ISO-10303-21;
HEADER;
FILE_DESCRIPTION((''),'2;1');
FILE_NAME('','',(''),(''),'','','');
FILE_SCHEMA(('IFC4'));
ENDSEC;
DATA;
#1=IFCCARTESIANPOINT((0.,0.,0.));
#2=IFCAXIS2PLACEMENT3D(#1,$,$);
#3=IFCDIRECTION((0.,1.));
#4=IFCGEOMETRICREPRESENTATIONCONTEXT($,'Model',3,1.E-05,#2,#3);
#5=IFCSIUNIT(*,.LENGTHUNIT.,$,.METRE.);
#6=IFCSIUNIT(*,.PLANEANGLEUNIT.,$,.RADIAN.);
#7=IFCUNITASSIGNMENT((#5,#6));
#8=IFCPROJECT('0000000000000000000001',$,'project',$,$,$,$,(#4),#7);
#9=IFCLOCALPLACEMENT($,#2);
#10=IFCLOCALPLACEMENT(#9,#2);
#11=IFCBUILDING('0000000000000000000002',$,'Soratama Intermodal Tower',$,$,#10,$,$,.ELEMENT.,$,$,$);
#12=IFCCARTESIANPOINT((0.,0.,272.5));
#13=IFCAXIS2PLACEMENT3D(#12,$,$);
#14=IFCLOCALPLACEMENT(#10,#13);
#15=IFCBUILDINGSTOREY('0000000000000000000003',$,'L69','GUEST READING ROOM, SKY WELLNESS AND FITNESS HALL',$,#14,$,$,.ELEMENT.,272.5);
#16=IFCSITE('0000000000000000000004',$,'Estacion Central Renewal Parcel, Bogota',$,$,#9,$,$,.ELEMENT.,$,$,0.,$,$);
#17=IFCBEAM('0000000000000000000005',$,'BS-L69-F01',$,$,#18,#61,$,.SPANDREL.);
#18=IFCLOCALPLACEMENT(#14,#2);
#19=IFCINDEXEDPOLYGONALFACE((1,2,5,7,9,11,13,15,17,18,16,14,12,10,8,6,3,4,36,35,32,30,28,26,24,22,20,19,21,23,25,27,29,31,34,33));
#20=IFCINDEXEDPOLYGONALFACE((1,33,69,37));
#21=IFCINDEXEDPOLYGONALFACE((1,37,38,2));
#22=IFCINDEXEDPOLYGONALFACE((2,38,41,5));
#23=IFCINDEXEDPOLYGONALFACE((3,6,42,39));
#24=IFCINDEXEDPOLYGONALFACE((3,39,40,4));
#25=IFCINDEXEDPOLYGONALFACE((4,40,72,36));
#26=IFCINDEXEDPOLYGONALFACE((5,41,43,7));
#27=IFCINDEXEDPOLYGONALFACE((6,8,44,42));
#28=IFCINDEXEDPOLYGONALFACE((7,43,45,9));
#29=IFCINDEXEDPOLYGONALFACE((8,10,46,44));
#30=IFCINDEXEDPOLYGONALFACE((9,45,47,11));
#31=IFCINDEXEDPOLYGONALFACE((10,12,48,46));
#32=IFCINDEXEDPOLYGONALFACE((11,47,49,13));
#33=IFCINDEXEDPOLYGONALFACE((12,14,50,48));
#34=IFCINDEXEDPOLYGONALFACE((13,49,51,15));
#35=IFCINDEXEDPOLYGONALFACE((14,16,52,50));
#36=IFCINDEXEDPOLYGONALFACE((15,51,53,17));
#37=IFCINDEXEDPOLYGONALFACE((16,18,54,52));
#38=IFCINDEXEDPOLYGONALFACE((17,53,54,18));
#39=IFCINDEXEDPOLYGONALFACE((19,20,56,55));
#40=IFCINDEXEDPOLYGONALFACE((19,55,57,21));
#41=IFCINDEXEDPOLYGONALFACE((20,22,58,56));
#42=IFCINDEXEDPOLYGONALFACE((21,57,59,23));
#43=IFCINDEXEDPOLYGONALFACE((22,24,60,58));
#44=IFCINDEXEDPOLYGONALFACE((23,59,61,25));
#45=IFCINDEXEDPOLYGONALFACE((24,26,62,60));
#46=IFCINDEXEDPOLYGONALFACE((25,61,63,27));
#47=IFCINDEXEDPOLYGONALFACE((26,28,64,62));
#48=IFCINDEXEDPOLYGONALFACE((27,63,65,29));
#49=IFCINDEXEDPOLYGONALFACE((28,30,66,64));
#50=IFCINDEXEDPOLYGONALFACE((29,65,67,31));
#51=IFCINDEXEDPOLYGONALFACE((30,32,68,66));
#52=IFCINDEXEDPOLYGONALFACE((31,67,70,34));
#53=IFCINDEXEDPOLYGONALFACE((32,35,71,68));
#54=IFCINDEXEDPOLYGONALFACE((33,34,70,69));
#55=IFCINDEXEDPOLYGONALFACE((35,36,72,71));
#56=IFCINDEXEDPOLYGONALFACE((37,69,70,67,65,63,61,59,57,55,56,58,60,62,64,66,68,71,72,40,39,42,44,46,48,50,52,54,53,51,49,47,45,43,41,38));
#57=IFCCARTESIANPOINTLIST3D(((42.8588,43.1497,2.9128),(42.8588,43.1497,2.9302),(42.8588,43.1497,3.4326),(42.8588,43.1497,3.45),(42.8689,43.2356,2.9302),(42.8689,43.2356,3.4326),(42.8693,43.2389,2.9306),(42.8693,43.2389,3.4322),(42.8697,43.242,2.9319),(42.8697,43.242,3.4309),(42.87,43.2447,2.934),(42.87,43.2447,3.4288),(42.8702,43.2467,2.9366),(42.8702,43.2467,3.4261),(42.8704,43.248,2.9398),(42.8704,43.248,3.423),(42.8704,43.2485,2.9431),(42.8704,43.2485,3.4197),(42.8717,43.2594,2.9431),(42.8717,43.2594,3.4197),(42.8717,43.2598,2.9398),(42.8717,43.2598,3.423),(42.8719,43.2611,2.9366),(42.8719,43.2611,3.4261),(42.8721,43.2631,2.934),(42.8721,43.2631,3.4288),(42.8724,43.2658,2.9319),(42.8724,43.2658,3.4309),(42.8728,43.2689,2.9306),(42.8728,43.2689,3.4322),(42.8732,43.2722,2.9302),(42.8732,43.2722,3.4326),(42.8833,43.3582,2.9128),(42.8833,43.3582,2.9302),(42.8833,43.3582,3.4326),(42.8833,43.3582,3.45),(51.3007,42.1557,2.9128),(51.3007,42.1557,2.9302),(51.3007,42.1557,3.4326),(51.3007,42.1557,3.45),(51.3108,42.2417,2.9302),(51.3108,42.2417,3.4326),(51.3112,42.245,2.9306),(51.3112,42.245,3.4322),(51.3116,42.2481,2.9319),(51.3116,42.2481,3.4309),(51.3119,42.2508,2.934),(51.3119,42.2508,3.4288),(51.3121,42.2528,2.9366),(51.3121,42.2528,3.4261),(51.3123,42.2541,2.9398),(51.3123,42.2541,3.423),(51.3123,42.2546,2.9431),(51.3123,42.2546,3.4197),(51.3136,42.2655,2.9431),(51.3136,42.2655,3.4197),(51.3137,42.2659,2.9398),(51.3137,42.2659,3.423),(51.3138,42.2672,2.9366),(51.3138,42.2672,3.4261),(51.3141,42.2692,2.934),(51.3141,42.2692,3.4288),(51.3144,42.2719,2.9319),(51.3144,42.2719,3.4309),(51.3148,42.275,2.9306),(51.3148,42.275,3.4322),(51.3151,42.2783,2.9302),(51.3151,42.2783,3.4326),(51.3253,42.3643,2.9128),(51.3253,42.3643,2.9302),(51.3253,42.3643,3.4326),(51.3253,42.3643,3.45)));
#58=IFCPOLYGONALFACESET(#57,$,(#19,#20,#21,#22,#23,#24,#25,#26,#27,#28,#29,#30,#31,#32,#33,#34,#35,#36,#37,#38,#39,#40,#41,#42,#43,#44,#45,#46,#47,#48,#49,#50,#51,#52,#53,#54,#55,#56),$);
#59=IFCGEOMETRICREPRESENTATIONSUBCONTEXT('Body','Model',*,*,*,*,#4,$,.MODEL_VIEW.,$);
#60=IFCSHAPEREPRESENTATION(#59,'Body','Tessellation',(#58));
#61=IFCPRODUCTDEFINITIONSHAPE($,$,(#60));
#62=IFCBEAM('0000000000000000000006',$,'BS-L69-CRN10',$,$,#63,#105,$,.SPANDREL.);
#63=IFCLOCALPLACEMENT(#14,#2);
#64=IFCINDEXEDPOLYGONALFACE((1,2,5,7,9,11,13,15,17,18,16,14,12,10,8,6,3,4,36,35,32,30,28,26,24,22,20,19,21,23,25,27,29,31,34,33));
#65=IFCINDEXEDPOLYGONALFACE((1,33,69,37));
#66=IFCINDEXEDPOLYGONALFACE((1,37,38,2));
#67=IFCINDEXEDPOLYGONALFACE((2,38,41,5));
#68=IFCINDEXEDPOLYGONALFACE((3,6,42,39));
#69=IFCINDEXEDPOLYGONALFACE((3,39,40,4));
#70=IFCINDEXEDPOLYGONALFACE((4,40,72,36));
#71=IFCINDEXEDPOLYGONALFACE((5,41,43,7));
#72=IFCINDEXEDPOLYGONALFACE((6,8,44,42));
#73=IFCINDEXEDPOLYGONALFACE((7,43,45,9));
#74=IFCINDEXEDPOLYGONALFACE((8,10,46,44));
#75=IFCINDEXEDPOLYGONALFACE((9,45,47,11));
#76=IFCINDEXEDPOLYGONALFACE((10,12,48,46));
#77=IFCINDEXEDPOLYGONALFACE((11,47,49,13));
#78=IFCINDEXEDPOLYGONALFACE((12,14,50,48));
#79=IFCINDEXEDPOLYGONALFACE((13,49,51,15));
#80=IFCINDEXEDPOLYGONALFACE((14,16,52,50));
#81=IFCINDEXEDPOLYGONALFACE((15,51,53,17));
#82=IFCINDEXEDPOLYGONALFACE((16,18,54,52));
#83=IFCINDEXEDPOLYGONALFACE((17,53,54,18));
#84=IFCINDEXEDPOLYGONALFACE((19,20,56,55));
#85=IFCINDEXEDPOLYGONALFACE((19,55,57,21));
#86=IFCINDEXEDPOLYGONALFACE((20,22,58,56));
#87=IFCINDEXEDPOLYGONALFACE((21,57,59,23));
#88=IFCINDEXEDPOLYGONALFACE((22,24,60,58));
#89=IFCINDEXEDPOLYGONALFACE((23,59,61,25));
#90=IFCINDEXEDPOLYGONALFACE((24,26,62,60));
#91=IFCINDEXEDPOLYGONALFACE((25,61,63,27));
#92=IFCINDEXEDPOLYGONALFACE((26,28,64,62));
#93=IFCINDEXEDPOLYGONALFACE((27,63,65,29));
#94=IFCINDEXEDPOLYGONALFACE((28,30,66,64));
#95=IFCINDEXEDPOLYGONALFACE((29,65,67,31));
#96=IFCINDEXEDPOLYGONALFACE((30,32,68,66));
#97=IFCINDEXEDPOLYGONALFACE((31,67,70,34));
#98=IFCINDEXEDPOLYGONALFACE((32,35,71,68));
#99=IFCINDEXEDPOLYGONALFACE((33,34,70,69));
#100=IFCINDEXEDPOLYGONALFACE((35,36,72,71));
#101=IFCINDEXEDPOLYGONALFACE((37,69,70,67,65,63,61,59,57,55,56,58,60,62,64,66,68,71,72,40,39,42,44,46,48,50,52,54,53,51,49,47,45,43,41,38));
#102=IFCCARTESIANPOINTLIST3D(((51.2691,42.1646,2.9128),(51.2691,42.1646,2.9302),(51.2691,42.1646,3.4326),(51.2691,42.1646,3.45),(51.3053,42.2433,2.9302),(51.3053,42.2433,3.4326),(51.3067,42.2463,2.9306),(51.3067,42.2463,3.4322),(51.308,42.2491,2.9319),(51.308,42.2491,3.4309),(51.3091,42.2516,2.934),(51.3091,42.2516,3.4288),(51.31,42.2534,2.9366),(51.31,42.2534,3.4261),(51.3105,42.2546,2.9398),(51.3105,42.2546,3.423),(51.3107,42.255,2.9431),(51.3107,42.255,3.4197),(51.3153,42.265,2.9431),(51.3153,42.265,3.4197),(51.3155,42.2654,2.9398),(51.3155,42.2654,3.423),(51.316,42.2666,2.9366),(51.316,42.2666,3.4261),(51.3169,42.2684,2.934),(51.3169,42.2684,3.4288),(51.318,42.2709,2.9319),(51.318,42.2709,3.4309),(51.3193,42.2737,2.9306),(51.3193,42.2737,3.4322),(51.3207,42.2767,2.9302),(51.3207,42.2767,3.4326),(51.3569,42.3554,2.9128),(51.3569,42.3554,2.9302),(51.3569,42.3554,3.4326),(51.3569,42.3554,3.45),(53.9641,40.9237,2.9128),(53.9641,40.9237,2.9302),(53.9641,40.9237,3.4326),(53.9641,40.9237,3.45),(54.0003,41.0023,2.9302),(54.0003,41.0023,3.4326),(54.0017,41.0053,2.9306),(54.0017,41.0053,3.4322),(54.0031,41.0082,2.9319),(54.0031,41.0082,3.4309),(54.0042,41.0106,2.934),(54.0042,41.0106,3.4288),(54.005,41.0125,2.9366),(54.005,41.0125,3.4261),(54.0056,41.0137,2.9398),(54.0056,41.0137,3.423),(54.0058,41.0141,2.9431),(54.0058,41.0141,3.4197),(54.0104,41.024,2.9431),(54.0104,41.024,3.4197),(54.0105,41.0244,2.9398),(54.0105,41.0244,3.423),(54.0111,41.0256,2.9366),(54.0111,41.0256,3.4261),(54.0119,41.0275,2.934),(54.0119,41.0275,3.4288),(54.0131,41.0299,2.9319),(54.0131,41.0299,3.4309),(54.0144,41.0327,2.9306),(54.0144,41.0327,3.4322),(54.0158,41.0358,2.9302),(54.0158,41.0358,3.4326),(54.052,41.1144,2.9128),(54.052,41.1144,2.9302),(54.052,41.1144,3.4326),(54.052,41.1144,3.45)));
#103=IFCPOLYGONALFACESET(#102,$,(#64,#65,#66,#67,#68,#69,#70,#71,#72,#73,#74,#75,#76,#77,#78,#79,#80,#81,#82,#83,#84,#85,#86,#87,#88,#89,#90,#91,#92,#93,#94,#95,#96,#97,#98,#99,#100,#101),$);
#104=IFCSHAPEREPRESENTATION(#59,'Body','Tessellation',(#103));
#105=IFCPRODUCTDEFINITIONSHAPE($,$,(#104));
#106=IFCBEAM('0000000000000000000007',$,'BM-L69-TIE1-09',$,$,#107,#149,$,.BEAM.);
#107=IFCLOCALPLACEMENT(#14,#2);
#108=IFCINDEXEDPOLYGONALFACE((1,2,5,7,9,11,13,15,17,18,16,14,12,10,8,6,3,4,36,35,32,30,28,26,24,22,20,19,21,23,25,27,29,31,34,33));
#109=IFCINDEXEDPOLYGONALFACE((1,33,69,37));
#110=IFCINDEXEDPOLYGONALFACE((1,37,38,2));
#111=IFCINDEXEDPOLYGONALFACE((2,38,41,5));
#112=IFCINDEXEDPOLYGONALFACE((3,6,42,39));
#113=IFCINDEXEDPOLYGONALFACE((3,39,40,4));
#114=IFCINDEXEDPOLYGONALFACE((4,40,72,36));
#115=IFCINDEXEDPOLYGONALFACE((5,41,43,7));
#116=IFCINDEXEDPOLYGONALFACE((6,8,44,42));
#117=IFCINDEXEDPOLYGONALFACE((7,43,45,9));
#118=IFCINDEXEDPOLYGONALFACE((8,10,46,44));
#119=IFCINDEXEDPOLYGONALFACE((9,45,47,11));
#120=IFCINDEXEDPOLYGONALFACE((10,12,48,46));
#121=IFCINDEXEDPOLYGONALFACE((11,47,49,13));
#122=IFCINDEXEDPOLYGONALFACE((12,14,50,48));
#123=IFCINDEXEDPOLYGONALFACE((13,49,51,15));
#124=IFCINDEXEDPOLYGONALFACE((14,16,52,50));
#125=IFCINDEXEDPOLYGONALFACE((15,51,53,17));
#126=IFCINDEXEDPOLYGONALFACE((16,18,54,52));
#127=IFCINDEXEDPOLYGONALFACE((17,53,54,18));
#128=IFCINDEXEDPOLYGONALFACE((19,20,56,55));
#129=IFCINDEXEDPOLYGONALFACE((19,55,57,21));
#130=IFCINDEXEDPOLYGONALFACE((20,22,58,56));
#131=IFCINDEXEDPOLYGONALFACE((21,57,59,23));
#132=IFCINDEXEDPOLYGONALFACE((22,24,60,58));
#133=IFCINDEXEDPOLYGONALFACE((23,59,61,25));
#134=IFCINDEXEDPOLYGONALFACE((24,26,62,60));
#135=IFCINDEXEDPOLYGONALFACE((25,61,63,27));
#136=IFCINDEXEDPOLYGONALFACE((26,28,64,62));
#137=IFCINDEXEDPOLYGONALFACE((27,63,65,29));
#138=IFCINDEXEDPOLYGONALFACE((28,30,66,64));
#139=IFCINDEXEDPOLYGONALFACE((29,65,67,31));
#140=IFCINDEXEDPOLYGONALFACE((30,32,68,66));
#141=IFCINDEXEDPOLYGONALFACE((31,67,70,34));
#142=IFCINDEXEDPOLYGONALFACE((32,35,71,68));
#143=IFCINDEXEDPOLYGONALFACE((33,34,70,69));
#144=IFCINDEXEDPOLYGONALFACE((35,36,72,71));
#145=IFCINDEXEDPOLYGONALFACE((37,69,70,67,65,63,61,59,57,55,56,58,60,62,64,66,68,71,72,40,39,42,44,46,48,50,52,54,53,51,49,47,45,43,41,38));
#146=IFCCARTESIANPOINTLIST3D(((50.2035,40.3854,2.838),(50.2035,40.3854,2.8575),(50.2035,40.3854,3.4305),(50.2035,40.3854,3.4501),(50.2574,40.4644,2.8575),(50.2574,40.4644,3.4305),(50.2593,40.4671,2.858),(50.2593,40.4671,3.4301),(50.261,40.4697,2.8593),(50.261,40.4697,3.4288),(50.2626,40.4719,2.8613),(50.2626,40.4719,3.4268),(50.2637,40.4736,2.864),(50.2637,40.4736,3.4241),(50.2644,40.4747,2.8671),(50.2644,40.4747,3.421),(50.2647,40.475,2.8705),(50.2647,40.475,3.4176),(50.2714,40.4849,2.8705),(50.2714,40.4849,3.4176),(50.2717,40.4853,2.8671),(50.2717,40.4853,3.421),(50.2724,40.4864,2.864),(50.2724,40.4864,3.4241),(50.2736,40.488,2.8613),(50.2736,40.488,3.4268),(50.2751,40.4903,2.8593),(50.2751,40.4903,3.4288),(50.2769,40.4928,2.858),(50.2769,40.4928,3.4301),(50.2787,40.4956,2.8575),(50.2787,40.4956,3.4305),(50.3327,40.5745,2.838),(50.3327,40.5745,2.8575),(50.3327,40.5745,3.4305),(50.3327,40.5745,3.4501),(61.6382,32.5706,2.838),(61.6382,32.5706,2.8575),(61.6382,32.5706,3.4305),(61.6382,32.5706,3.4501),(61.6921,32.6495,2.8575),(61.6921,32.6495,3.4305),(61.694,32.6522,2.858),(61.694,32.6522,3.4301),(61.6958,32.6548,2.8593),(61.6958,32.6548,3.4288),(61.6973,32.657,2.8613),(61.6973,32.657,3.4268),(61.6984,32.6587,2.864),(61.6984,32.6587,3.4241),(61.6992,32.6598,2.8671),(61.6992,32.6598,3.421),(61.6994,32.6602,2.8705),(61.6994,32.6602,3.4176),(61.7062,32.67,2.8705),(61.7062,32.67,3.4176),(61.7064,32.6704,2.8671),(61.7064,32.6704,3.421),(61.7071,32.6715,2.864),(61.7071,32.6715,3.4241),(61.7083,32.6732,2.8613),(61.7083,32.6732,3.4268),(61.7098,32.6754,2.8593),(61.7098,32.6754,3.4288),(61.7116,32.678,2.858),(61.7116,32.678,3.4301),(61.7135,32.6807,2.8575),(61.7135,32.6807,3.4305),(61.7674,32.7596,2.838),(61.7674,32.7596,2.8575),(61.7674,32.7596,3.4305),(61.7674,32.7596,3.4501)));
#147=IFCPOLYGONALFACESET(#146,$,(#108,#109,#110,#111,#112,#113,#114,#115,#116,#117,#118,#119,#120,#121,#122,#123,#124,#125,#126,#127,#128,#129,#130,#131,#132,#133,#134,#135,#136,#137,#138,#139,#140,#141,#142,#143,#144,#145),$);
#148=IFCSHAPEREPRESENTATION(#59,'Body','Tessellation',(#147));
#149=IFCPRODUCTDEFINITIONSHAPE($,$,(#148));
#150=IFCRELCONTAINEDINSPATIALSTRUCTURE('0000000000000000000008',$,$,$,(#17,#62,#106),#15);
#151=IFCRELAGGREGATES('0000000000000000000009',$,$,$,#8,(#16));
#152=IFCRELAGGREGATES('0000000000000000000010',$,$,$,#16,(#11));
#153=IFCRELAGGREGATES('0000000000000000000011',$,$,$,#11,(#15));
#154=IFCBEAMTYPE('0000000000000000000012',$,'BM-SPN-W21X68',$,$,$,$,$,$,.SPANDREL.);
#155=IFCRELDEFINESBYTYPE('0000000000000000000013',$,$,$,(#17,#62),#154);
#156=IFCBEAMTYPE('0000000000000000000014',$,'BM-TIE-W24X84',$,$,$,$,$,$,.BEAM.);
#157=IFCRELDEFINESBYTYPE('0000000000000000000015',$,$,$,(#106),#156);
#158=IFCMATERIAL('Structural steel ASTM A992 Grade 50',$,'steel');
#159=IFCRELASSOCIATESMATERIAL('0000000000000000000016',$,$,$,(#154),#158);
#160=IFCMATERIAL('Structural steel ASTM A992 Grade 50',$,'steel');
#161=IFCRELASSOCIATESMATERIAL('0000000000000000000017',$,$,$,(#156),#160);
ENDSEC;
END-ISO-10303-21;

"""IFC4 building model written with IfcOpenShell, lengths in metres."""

from ifc_helpers import new_model, si_unit, direction, frame, origin, origin_2d, place, context, subcontext, project, spatial, i_section, extrude, material, material_profile, profile_set, type_object, element, save


model = new_model("IFC4")

# Units and contexts
model_context = context("Model", 3, precision=1e-05, world=origin(), true_north=direction((0.0, 1.0)))
body_context = subcontext(model_context, "Body", "Model", "MODEL_VIEW")
ifc_project = project(units=[si_unit("LENGTHUNIT", "METRE"), si_unit("PLANEANGLEUNIT", "RADIAN")], contexts=[model_context])

# Site, building, storey
site_placement = place(None, origin())
site = spatial("IfcSite", under=ifc_project, at=site_placement, Name="Estacion Central Renewal Parcel, Bogota", CompositionType="ELEMENT", RefElevation=0.0)
building_placement = place(site_placement, origin())
building = spatial("IfcBuilding", under=site, at=building_placement, Name="Soratama Intermodal Tower", CompositionType="ELEMENT")
storey_placement = place(building_placement, frame((0.0, 0.0, 272.5)))
storey = spatial("IfcBuildingStorey", under=building, at=storey_placement, Name="L69", Description="GUEST READING ROOM, SKY WELLNESS AND FITNESS HALL", CompositionType="ELEMENT", Elevation=272.5)

# Beams
ifc_material_1 = material(Name="Structural steel ASTM A992 Grade 50", Category="steel")
ifc_material_profile_1 = material_profile(ifc_material_1, i_section(OverallWidth=0.21, OverallDepth=0.5371, WebThickness=0.011, FlangeThickness=0.0173, FilletRadius=0.0129, at=origin_2d()), Name="W21X68")
ifc_profile_set_1 = profile_set([ifc_material_profile_1], Name="Structural steel ASTM A992 Grade 50")
beam_type_1 = type_object("IfcBeamType", Name="BM-SPN-W21X68", PredefinedType="SPANDREL", material=ifc_profile_set_1)
beam_1_placement = place(storey_placement, frame((51.313, 42.26, 3.1814), z_axis=(-0.993141, 0.116926, 0.0), x_axis=(-0.116926, -0.993141, 0.0)))
element("IfcBeam", 1, at=beam_1_placement, inside=storey, type_object=beam_type_1, Name="BS-L69-F01", PredefinedType="SPANDREL", context=body_context, shape_type="SweptSolid", body=[
    extrude(i_section(OverallWidth=0.21, OverallDepth=0.5371, WebThickness=0.011, FlangeThickness=0.0173, FilletRadius=0.0129, at=origin_2d()), origin(), (0.0, 0.0, 1.0), 8.5002),
])
beam_2_placement = place(storey_placement, frame((54.0081, 41.019, 3.1814), z_axis=(-0.908332, 0.418249, 0.0), x_axis=(-0.418249, -0.908332, 0.0)))
element("IfcBeam", 2, at=beam_2_placement, inside=storey, type_object=beam_type_1, Name="BS-L69-CRN10", PredefinedType="SPANDREL", context=body_context, shape_type="SweptSolid", body=[
    extrude(i_section(OverallWidth=0.21, OverallDepth=0.5371, WebThickness=0.011, FlangeThickness=0.0173, FilletRadius=0.0129, at=origin_2d()), origin(), (0.0, 0.0, 1.0), 2.967),
])
ifc_material_2 = material(Name="Structural steel ASTM A992 Grade 50", Category="steel")
ifc_material_profile_2 = material_profile(ifc_material_2, i_section(OverallWidth=0.229, OverallDepth=0.6121, WebThickness=0.012, FlangeThickness=0.0195, FilletRadius=0.0129, at=origin_2d()), Name="W24X84")
ifc_profile_set_2 = profile_set([ifc_material_profile_2], Name="Structural steel ASTM A992 Grade 50")
beam_type_2 = type_object("IfcBeamType", Name="BM-TIE-W24X84", PredefinedType="BEAM", material=ifc_profile_set_2)
beam_3_placement = place(storey_placement, frame((50.2681, 40.48, 3.144), z_axis=(0.825606, -0.564247, 0.0), x_axis=(0.564247, 0.825606, 0.0)))
element("IfcBeam", 3, at=beam_3_placement, inside=storey, type_object=beam_type_2, Name="BM-L69-TIE1-09", PredefinedType="BEAM", context=body_context, shape_type="SweptSolid", body=[
    extrude(i_section(OverallWidth=0.229, OverallDepth=0.6121, WebThickness=0.012, FlangeThickness=0.0195, FilletRadius=0.0129, at=origin_2d()), origin(), (0.0, 0.0, 1.0), 13.8501),
])

save(model, "model.ifc")
